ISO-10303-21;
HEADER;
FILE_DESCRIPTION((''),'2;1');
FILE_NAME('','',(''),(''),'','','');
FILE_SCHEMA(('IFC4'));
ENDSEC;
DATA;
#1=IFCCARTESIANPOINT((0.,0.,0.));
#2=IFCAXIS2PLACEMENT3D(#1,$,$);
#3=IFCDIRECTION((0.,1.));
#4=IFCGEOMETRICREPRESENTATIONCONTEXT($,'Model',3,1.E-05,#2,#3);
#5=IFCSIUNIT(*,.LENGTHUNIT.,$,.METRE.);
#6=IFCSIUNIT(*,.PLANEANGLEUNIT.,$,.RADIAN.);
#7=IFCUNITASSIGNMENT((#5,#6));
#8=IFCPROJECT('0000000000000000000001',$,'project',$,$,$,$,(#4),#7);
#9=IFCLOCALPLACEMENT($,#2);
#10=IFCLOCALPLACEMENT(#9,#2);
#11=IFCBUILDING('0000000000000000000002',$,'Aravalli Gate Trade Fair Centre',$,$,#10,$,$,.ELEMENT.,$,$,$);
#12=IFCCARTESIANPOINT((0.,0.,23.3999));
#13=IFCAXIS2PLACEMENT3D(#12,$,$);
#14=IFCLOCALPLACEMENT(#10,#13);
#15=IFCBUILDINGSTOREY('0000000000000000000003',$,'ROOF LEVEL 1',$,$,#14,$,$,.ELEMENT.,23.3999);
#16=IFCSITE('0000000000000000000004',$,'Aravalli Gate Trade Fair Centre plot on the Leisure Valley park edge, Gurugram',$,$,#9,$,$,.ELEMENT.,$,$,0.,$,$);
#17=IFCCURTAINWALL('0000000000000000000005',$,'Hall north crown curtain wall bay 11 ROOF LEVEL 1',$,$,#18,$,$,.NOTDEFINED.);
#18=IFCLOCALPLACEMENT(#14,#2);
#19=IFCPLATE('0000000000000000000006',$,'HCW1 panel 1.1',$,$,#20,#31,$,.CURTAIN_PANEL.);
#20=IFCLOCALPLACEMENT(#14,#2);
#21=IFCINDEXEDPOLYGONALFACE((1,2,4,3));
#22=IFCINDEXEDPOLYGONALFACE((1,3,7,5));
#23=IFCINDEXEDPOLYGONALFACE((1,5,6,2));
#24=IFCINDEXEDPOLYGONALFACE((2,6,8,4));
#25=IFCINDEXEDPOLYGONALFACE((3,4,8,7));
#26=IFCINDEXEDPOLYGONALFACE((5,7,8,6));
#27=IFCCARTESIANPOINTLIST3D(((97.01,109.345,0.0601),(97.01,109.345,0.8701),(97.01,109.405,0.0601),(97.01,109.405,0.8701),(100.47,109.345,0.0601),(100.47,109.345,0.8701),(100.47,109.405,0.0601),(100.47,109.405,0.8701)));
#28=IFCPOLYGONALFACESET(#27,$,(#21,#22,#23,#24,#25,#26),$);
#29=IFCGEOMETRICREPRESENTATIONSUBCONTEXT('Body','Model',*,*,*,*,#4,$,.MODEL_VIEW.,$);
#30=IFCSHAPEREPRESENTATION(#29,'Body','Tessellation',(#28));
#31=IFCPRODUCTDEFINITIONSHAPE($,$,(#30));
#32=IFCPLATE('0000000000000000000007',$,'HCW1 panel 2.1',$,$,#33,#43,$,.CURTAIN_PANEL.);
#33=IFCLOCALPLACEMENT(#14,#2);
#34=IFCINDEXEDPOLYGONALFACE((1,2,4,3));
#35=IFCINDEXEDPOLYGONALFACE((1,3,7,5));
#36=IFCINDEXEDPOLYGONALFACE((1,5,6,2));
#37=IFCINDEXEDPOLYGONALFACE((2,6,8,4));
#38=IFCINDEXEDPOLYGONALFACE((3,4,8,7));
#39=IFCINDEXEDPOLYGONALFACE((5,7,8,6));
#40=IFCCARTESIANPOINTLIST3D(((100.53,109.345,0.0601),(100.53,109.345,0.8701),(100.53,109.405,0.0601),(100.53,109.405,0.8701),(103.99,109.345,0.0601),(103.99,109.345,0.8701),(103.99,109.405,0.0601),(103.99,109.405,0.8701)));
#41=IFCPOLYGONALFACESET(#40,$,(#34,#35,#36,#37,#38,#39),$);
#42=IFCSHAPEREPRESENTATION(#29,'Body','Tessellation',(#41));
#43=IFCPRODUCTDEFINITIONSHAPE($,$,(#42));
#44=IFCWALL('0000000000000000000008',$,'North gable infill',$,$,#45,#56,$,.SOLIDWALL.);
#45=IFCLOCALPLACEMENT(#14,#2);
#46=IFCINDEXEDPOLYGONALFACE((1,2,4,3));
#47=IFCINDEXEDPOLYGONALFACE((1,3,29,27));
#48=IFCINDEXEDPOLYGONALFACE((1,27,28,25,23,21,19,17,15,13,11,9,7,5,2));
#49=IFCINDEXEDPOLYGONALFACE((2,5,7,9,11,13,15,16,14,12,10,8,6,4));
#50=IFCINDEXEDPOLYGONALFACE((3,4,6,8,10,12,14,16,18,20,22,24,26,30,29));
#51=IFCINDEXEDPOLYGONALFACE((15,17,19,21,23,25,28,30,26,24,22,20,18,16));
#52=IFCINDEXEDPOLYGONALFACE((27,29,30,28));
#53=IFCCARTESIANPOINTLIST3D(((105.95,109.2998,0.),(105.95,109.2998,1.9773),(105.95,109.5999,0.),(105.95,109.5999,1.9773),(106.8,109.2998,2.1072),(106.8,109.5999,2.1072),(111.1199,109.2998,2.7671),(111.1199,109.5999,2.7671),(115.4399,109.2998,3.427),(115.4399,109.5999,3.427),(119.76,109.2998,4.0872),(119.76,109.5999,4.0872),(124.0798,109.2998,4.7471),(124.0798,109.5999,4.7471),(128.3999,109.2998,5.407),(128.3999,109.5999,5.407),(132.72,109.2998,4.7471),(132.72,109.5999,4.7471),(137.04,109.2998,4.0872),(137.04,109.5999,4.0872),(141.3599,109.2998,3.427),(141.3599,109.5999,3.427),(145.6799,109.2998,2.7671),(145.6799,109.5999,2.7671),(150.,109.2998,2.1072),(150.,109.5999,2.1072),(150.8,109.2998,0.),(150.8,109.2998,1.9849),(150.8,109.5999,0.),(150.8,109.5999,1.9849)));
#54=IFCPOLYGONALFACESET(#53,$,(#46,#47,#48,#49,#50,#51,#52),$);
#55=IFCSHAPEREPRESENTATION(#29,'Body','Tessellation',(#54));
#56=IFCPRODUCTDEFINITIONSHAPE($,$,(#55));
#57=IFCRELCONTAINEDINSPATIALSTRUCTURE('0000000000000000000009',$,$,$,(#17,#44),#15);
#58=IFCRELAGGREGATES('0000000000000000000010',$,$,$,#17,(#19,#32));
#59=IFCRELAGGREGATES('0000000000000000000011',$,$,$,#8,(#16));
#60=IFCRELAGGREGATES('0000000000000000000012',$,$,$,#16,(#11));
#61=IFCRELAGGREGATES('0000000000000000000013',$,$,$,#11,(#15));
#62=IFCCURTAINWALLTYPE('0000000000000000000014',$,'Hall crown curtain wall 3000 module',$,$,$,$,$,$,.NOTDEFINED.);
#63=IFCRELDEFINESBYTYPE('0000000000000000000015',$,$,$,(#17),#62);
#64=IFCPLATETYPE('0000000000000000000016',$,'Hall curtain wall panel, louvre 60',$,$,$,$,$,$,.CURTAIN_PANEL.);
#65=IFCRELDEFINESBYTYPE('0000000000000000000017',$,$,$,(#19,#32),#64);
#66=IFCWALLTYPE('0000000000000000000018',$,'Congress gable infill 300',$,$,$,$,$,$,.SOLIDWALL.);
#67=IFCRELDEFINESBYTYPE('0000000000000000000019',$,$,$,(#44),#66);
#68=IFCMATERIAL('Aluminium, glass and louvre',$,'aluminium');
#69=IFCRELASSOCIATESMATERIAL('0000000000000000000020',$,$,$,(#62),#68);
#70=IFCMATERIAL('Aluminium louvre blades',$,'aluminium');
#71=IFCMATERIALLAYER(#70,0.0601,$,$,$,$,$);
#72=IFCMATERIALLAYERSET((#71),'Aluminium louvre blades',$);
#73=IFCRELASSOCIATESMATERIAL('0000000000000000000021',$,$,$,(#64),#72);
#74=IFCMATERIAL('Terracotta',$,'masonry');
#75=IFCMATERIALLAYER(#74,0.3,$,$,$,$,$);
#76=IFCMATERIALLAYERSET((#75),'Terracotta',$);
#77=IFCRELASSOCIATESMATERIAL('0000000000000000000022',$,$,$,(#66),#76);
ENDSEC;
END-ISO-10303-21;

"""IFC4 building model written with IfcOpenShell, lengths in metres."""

from ifc_helpers import new_model, si_unit, direction, frame, origin, origin_2d, place, context, subcontext, project, spatial, polyline, rectangle, outline, extrude, material, layer, layer_set, type_object, element, aggregate, save


model = new_model("IFC4")

# Units and contexts
model_context = context("Model", 3, precision=1e-05, world=origin(), true_north=direction((0.0, 1.0)))
body_context = subcontext(model_context, "Body", "Model", "MODEL_VIEW")
ifc_project = project(units=[si_unit("LENGTHUNIT", "METRE"), si_unit("PLANEANGLEUNIT", "RADIAN")], contexts=[model_context])

# Site, building, storey
site_placement = place(None, origin())
site = spatial("IfcSite", under=ifc_project, at=site_placement, Name="Aravalli Gate Trade Fair Centre plot on the Leisure Valley park edge, Gurugram", CompositionType="ELEMENT", RefElevation=0.0)
building_placement = place(site_placement, origin())
building = spatial("IfcBuilding", under=site, at=building_placement, Name="Aravalli Gate Trade Fair Centre", CompositionType="ELEMENT")
storey_placement = place(building_placement, frame((0.0, 0.0, 23.3999)))
storey = spatial("IfcBuildingStorey", under=building, at=storey_placement, Name="ROOF LEVEL 1", CompositionType="ELEMENT", Elevation=23.3999)

# Shared definitions
ifc_material_1 = material(Name="Aluminium, glass and louvre", Category="aluminium")
curtain_wall_type = type_object("IfcCurtainWallType", Name="Hall crown curtain wall 3000 module", PredefinedType="NOTDEFINED", material=ifc_material_1)

# Curtain wall
curtain_wall_1_placement = place(storey_placement, origin())
curtain_wall_1 = element("IfcCurtainWall", 1, at=curtain_wall_1_placement, inside=storey, type_object=curtain_wall_type, Name="Hall north crown curtain wall bay 11 ROOF LEVEL 1", PredefinedType="NOTDEFINED")

# Plates
ifc_material_2 = material(Name="Aluminium louvre blades", Category="aluminium")
ifc_layer_1 = layer(ifc_material_2, 0.0601)
ifc_layer_set_1 = layer_set([ifc_layer_1], Name="Aluminium louvre blades")
plate_type_1 = type_object("IfcPlateType", Name="Hall curtain wall panel, louvre 60", PredefinedType="CURTAIN_PANEL", material=ifc_layer_set_1)
plate_1_placement = place(storey_placement, frame((98.74, 109.375, 0.0601), z_axis=(0.0, 0.0, 1.0), x_axis=(1.0, 0.0, 0.0)))
plate_1 = element("IfcPlate", 2, at=plate_1_placement, type_object=plate_type_1, Name="HCW1 panel 1.1", PredefinedType="CURTAIN_PANEL", context=body_context, shape_type="SweptSolid", body=[
    extrude(rectangle(XDim=3.46, YDim=0.0601, at=origin_2d()), origin(), (0.0, 0.0, 1.0), 0.8101),
])
plate_2_placement = place(storey_placement, frame((102.26, 109.375, 0.0601), z_axis=(0.0, 0.0, 1.0), x_axis=(1.0, 0.0, 0.0)))
plate_2 = element("IfcPlate", 3, at=plate_2_placement, type_object=plate_type_1, Name="HCW1 panel 2.1", PredefinedType="CURTAIN_PANEL", context=body_context, shape_type="SweptSolid", body=[
    extrude(rectangle(XDim=3.46, YDim=0.0601, at=origin_2d()), origin(), (0.0, 0.0, 1.0), 0.8101),
])
aggregate(curtain_wall_1, [plate_1, plate_2])

# Wall
ifc_material_3 = material(Name="Terracotta", Category="masonry")
ifc_layer_2 = layer(ifc_material_3, 0.3)
ifc_layer_set_2 = layer_set([ifc_layer_2], Name="Terracotta")
wall_type = type_object("IfcWallType", Name="Congress gable infill 300", PredefinedType="SOLIDWALL", material=ifc_layer_set_2)
wall_placement = place(storey_placement, frame((105.95, 109.45, 0.0), z_axis=(0.0, 0.0, 1.0), x_axis=(1.0, 0.0, 0.0)))
element("IfcWall", 4, at=wall_placement, inside=storey, type_object=wall_type, Name="North gable infill", PredefinedType="SOLIDWALL", context=body_context, shape_type="SweptSolid", body=[
    extrude(outline(polyline([(0.0, 0.0), (44.8501, 0.0), (44.8501, 1.9849), (44.05, 2.1072), (39.73, 2.7671), (35.4099, 3.427), (31.0901, 4.0872), (26.77, 4.7471), (22.45, 5.407), (18.1299, 4.7471), (13.8101, 4.0872), (9.49, 3.427), (5.1699, 2.7671), (0.8501, 2.1072), (0.0, 1.9773), (0.0, 0.0)])), frame((0.0, 0.1499, 0.0), z_axis=(0.0, -1.0, 0.0), x_axis=(1.0, 0.0, 0.0)), (0.0, 0.0, 1.0), 0.3),
])

save(model, "model.ifc")
